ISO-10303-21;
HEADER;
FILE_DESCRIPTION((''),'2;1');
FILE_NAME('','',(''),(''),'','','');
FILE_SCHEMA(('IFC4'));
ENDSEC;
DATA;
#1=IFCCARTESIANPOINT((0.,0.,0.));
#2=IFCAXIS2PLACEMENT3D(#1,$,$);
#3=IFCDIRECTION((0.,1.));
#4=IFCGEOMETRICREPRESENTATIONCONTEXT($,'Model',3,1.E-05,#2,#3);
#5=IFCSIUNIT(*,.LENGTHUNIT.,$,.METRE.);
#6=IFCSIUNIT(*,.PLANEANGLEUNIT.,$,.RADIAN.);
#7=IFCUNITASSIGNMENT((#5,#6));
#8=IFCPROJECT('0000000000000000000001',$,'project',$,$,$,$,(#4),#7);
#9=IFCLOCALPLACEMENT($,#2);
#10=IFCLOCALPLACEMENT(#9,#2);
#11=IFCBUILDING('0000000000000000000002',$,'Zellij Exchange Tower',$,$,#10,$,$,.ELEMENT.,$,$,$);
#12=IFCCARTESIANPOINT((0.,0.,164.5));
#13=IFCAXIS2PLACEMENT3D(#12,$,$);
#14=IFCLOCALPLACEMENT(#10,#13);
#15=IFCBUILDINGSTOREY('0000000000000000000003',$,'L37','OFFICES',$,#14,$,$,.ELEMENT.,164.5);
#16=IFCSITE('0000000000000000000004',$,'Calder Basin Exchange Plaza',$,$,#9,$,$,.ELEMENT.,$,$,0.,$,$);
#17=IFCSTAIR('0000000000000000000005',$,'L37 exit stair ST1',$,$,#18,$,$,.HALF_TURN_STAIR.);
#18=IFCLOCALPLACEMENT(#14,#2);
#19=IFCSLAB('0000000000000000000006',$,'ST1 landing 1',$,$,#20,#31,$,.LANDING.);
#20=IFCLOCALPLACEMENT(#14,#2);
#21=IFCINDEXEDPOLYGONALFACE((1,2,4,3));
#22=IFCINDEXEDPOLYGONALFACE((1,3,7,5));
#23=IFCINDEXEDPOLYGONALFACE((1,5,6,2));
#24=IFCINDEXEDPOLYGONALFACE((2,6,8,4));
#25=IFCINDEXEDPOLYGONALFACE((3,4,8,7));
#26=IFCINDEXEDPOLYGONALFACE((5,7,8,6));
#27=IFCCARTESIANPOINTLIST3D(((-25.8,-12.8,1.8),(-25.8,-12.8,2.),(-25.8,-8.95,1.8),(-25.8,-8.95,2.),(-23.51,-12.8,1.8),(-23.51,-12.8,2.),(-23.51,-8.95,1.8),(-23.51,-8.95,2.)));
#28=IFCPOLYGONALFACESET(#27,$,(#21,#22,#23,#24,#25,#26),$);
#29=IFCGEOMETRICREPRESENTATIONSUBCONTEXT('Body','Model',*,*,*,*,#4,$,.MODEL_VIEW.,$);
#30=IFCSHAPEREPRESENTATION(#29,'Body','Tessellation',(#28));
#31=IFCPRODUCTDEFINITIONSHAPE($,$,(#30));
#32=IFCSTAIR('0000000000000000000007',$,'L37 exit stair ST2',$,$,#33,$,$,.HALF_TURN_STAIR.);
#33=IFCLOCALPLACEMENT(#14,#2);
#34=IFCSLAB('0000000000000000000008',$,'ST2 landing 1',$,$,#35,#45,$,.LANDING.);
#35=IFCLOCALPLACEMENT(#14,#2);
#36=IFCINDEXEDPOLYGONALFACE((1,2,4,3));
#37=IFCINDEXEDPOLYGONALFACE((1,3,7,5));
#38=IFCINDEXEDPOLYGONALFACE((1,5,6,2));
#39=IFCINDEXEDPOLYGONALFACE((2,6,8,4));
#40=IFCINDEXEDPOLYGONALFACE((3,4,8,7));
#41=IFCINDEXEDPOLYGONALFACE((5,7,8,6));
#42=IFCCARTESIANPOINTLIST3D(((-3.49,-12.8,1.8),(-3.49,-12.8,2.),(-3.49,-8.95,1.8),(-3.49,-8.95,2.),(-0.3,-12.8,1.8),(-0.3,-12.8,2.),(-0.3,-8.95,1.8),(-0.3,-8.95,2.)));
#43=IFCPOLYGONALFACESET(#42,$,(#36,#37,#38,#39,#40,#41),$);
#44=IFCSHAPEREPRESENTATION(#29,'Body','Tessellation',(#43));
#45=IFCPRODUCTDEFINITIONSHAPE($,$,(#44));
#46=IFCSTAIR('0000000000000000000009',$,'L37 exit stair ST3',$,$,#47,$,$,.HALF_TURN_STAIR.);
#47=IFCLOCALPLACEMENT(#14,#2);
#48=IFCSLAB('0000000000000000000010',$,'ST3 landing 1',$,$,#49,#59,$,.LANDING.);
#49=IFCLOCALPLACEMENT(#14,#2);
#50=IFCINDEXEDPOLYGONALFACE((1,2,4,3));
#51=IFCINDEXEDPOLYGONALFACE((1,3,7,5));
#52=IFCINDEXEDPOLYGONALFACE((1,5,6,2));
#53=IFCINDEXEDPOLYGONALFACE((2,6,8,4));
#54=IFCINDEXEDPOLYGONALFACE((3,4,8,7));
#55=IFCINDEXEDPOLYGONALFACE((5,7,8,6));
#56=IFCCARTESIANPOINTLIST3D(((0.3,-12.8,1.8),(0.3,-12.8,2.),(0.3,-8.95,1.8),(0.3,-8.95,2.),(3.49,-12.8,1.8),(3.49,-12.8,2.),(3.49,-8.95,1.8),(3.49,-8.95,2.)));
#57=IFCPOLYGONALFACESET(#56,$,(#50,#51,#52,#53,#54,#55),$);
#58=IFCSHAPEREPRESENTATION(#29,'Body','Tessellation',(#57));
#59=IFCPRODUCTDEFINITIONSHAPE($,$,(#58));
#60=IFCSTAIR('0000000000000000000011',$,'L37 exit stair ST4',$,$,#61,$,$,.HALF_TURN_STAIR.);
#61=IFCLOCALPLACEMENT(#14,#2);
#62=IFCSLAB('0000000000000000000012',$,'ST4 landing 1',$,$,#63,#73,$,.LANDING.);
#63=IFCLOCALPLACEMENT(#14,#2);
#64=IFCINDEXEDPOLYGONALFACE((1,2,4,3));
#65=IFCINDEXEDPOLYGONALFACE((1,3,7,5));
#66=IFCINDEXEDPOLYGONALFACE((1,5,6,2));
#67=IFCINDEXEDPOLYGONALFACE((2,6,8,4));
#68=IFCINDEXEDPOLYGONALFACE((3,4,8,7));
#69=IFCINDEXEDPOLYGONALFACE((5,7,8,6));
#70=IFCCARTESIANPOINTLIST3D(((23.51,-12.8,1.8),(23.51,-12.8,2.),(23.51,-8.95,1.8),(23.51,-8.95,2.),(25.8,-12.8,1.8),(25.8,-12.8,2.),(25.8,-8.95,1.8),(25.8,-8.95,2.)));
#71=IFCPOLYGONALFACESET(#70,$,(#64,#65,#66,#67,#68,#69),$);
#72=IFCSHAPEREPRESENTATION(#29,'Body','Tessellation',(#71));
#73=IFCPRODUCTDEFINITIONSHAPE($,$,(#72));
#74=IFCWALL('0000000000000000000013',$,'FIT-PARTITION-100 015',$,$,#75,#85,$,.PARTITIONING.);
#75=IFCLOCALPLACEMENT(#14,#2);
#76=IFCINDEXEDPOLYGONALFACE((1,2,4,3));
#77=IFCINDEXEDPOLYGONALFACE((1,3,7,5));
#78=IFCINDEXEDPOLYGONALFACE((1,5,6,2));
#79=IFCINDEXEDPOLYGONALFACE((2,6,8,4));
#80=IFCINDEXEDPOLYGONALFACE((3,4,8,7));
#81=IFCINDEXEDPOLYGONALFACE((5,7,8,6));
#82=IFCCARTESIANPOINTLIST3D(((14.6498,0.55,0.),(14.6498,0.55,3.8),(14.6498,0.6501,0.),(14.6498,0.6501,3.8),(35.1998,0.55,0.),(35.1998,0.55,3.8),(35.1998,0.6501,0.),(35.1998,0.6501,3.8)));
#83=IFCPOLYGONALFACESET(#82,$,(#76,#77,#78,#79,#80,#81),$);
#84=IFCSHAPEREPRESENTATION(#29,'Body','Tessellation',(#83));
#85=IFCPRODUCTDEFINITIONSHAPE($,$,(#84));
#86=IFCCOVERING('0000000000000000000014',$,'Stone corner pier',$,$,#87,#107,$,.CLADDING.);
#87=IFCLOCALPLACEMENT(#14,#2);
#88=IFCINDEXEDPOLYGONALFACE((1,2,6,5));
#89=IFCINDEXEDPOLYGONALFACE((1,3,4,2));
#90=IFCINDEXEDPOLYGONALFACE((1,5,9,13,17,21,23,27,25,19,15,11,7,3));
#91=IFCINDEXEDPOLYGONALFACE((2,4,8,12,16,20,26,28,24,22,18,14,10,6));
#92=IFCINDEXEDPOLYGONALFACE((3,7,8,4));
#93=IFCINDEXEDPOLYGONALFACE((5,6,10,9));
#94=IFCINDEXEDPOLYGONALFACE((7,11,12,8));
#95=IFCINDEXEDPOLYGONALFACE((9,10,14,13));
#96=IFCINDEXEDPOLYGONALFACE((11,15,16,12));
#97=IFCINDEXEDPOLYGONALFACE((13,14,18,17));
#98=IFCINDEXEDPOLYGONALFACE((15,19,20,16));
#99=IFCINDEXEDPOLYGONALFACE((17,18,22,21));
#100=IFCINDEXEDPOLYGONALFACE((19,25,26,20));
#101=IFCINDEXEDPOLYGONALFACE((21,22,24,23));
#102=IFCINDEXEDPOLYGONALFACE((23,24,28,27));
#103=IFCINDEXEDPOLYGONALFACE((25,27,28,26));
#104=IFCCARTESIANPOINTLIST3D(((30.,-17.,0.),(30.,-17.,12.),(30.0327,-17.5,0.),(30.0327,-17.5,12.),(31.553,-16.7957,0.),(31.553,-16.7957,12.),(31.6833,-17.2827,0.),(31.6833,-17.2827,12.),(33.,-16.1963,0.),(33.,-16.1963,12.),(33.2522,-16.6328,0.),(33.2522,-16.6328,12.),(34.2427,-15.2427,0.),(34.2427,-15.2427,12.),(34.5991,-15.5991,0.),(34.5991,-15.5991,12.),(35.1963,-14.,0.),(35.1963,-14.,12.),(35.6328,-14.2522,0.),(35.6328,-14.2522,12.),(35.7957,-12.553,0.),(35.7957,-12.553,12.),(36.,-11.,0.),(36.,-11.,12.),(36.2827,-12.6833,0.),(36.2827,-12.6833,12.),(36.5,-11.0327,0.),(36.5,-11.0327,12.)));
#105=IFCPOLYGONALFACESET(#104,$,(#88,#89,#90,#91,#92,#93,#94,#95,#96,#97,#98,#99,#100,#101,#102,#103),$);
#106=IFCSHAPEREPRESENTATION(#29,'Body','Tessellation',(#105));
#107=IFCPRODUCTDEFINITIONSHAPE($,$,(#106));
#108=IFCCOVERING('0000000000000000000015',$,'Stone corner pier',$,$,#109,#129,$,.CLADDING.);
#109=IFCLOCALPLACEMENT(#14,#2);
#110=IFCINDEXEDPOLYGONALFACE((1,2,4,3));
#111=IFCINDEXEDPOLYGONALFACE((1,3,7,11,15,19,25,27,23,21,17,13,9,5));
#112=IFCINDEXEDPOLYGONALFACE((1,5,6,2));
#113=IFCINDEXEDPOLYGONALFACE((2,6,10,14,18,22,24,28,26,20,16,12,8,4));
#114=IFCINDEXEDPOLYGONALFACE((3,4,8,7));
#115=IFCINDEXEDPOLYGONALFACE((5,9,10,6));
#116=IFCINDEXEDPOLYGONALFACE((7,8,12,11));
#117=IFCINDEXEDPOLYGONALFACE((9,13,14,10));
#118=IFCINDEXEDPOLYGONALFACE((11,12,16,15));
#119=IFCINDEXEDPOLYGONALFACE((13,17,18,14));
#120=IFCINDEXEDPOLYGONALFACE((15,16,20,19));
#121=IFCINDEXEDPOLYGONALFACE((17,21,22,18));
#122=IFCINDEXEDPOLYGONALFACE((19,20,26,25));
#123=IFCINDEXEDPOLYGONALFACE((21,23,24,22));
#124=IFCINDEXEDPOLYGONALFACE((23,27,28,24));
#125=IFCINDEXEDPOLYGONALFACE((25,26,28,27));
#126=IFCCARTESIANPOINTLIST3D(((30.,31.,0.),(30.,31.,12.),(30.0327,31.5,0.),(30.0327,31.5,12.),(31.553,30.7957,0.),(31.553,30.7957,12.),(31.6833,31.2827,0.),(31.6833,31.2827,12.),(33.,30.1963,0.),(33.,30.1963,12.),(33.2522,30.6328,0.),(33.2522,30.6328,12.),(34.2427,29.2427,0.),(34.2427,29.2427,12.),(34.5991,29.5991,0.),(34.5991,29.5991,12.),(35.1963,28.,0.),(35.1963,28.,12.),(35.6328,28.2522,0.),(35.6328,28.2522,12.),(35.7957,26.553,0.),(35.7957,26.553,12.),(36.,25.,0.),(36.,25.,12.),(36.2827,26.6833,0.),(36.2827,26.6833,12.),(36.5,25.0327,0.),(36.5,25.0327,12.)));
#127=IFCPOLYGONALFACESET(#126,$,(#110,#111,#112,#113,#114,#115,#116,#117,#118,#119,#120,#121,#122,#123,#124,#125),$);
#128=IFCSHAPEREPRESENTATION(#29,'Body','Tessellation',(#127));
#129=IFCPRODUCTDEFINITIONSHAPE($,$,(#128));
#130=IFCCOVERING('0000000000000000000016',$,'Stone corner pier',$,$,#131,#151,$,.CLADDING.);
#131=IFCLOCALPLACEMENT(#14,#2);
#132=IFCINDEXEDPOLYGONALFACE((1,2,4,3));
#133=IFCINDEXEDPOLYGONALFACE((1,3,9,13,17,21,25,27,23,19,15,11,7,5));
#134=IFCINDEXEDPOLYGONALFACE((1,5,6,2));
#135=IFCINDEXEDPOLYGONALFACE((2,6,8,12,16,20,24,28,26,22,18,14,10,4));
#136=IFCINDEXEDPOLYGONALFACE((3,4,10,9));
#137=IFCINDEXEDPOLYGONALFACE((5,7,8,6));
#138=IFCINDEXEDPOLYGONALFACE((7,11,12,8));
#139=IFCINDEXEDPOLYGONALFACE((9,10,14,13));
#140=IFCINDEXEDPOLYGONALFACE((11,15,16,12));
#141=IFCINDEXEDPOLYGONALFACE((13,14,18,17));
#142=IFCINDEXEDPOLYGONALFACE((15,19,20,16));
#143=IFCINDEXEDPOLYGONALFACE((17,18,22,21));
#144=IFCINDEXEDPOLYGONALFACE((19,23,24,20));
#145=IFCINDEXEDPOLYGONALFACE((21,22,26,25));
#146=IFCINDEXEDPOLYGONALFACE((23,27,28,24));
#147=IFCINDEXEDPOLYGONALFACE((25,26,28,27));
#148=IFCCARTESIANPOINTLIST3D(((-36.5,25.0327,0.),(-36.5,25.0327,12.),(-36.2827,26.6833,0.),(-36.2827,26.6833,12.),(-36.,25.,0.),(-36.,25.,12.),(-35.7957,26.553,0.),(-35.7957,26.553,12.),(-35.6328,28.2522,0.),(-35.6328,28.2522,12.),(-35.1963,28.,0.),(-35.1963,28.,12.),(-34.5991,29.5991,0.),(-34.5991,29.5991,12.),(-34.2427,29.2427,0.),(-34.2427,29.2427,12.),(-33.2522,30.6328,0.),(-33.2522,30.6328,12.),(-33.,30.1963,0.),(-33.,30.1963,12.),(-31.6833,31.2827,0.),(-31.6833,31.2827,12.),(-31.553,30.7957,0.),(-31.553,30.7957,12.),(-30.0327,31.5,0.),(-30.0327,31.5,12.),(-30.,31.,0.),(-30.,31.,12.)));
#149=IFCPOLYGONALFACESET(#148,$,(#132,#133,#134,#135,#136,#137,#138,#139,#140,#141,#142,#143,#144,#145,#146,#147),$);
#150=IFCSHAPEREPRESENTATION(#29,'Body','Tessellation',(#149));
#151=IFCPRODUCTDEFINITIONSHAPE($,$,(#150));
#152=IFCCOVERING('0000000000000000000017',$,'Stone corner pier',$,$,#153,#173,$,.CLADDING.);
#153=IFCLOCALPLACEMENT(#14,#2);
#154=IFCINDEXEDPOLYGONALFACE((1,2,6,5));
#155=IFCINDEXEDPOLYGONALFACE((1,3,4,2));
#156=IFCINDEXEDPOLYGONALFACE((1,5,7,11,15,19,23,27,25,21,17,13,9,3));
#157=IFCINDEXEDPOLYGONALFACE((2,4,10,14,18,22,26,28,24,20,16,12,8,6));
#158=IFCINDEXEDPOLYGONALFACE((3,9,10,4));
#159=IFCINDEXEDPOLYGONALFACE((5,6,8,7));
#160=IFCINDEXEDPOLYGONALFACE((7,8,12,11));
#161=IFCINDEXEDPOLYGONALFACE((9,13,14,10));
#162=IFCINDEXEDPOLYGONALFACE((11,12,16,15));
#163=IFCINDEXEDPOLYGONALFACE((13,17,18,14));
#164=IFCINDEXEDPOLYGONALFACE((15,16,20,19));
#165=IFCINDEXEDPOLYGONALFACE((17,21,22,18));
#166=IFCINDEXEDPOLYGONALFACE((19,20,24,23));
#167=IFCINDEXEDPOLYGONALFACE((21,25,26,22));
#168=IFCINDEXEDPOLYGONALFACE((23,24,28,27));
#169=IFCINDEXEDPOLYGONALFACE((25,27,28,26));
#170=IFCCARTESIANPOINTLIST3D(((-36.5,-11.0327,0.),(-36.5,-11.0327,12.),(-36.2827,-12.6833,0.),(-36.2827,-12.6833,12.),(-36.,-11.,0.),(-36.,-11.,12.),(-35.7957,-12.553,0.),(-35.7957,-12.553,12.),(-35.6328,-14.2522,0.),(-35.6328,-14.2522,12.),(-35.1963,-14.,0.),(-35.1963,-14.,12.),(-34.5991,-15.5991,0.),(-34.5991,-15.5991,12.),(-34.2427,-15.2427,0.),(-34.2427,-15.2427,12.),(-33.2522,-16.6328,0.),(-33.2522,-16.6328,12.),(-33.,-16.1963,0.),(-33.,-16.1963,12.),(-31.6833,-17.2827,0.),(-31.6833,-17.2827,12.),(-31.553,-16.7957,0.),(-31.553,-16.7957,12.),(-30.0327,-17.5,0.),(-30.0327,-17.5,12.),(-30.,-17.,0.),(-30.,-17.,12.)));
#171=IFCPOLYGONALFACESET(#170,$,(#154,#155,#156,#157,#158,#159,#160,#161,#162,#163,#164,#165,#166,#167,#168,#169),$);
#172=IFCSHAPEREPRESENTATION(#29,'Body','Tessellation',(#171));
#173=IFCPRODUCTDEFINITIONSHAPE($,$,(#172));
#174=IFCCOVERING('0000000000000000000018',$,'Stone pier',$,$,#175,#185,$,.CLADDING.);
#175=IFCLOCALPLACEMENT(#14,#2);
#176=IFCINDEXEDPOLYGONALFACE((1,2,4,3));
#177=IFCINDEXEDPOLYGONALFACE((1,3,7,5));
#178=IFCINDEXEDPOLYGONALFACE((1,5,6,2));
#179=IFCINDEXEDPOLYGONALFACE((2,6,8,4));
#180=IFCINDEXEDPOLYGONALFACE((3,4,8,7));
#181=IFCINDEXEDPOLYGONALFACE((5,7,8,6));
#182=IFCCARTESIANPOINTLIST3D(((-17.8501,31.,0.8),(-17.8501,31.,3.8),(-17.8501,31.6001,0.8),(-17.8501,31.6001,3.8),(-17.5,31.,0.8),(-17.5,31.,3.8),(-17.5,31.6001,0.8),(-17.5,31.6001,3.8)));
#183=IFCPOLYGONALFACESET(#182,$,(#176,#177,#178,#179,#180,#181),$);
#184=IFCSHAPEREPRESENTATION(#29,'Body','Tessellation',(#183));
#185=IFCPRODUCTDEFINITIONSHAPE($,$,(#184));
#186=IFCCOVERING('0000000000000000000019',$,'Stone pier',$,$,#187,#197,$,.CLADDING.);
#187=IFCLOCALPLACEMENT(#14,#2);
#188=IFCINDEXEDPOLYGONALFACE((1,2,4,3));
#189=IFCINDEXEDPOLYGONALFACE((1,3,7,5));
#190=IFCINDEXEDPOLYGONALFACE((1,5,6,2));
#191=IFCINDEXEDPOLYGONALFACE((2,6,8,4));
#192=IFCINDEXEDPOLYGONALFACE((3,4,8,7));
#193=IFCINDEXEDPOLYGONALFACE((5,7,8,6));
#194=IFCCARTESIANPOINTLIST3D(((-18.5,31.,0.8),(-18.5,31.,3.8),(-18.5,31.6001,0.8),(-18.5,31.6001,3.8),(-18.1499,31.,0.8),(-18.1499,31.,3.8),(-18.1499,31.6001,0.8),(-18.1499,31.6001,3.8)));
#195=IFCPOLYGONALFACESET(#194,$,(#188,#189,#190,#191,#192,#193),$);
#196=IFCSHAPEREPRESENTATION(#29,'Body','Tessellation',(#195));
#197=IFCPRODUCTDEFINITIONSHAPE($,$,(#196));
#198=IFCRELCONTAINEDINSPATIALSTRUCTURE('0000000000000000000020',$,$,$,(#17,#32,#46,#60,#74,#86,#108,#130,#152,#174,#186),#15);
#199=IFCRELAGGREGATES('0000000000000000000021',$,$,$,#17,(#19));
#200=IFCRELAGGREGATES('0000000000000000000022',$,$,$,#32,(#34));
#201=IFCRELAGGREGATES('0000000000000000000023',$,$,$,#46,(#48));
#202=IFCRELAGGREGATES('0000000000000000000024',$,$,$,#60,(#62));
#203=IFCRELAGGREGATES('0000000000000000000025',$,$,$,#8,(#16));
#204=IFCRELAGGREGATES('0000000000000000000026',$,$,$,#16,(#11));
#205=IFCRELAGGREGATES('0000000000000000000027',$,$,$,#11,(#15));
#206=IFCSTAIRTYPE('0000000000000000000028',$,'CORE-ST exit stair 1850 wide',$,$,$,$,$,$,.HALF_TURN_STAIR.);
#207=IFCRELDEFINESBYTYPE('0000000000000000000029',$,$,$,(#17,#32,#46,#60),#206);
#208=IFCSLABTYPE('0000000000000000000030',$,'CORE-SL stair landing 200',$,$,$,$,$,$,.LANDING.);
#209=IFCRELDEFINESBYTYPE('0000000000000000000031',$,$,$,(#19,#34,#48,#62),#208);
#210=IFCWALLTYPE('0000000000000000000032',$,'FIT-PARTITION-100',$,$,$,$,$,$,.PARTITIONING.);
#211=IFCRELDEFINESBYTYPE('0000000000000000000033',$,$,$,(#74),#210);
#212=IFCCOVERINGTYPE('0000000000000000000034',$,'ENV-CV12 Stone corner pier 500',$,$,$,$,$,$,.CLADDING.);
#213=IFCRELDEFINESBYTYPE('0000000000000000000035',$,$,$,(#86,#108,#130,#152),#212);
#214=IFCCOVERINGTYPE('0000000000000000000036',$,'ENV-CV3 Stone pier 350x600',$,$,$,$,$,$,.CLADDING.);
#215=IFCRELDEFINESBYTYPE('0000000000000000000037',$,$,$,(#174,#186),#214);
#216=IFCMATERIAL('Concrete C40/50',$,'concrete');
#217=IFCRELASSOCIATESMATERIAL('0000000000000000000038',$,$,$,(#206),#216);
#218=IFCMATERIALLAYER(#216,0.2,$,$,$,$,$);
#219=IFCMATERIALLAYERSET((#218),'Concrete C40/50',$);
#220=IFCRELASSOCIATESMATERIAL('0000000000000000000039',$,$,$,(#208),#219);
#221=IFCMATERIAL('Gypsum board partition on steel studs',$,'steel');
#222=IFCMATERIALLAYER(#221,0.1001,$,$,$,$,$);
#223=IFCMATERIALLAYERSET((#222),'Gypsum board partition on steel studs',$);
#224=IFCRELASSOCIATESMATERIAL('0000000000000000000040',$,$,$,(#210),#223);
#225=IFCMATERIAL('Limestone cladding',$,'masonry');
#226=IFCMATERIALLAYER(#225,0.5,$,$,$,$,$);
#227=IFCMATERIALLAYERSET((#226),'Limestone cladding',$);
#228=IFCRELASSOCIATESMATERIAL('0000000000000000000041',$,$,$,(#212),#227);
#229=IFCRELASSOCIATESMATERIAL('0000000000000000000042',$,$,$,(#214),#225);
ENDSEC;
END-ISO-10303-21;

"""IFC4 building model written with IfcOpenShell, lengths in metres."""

from ifc_helpers import new_model, si_unit, direction, frame, frame_2d, origin, place, context, subcontext, project, spatial, polyline, rectangle, outline, extrude, material, layer, layer_set, type_object, element, aggregate, save


model = new_model("IFC4")

# Units and contexts
model_context = context("Model", 3, precision=1e-05, world=origin(), true_north=direction((0.0, 1.0)))
body_context = subcontext(model_context, "Body", "Model", "MODEL_VIEW")
ifc_project = project(units=[si_unit("LENGTHUNIT", "METRE"), si_unit("PLANEANGLEUNIT", "RADIAN")], contexts=[model_context])

# Site, building, storey
site_placement = place(None, origin())
site = spatial("IfcSite", under=ifc_project, at=site_placement, Name="Calder Basin Exchange Plaza", CompositionType="ELEMENT", RefElevation=0.0)
building_placement = place(site_placement, origin())
building = spatial("IfcBuilding", under=site, at=building_placement, Name="Zellij Exchange Tower", CompositionType="ELEMENT")
storey_placement = place(building_placement, frame((0.0, 0.0, 164.5)))
storey = spatial("IfcBuildingStorey", under=building, at=storey_placement, Name="L37", Description="OFFICES", CompositionType="ELEMENT", Elevation=164.5)

# Stairs, slabs
ifc_material_1 = material(Name="Concrete C40/50", Category="concrete")
stair_type = type_object("IfcStairType", Name="CORE-ST exit stair 1850 wide", PredefinedType="HALF_TURN_STAIR", material=ifc_material_1)
stair_1_placement = place(storey_placement, origin())
stair_1 = element("IfcStair", 1, at=stair_1_placement, inside=storey, type_object=stair_type, Name="L37 exit stair ST1", PredefinedType="HALF_TURN_STAIR")
ifc_layer_1 = layer(ifc_material_1, 0.2)
ifc_layer_set_1 = layer_set([ifc_layer_1], Name="Concrete C40/50")
slab_type = type_object("IfcSlabType", Name="CORE-SL stair landing 200", PredefinedType="LANDING", material=ifc_layer_set_1)
slab_1_placement = place(storey_placement, frame((0.0, 0.0, 1.8)))
slab_1 = element("IfcSlab", 2, at=slab_1_placement, type_object=slab_type, Name="ST1 landing 1", PredefinedType="LANDING", context=body_context, shape_type="SweptSolid", body=[
    extrude(outline(polyline([(-23.51, -8.95), (-25.8, -8.95), (-25.8, -12.8), (-23.51, -12.8), (-23.51, -8.95)])), origin(), (0.0, 0.0, 1.0), 0.2),
])
aggregate(stair_1, [slab_1])
stair_2_placement = place(storey_placement, origin())
stair_2 = element("IfcStair", 3, at=stair_2_placement, inside=storey, type_object=stair_type, Name="L37 exit stair ST2", PredefinedType="HALF_TURN_STAIR")
slab_2_placement = place(storey_placement, frame((0.0, 0.0, 1.8)))
slab_2 = element("IfcSlab", 4, at=slab_2_placement, type_object=slab_type, Name="ST2 landing 1", PredefinedType="LANDING", context=body_context, shape_type="SweptSolid", body=[
    extrude(outline(polyline([(-3.49, -12.8), (-0.3, -12.8), (-0.3, -8.95), (-3.49, -8.95), (-3.49, -12.8)])), origin(), (0.0, 0.0, 1.0), 0.2),
])
aggregate(stair_2, [slab_2])
stair_3_placement = place(storey_placement, origin())
stair_3 = element("IfcStair", 5, at=stair_3_placement, inside=storey, type_object=stair_type, Name="L37 exit stair ST3", PredefinedType="HALF_TURN_STAIR")
slab_3_placement = place(storey_placement, frame((0.0, 0.0, 1.8)))
slab_3 = element("IfcSlab", 6, at=slab_3_placement, type_object=slab_type, Name="ST3 landing 1", PredefinedType="LANDING", context=body_context, shape_type="SweptSolid", body=[
    extrude(outline(polyline([(3.49, -8.95), (0.3, -8.95), (0.3, -12.8), (3.49, -12.8), (3.49, -8.95)])), origin(), (0.0, 0.0, 1.0), 0.2),
])
aggregate(stair_3, [slab_3])
stair_4_placement = place(storey_placement, origin())
stair_4 = element("IfcStair", 7, at=stair_4_placement, inside=storey, type_object=stair_type, Name="L37 exit stair ST4", PredefinedType="HALF_TURN_STAIR")
slab_4_placement = place(storey_placement, frame((0.0, 0.0, 1.8)))
slab_4 = element("IfcSlab", 8, at=slab_4_placement, type_object=slab_type, Name="ST4 landing 1", PredefinedType="LANDING", context=body_context, shape_type="SweptSolid", body=[
    extrude(outline(polyline([(23.51, -12.8), (25.8, -12.8), (25.8, -8.95), (23.51, -8.95), (23.51, -12.8)])), origin(), (0.0, 0.0, 1.0), 0.2),
])
aggregate(stair_4, [slab_4])

# Wall
ifc_material_2 = material(Name="Gypsum board partition on steel studs", Category="steel")
ifc_layer_2 = layer(ifc_material_2, 0.1001)
ifc_layer_set_2 = layer_set([ifc_layer_2], Name="Gypsum board partition on steel studs")
wall_type = type_object("IfcWallType", Name="FIT-PARTITION-100", PredefinedType="PARTITIONING", material=ifc_layer_set_2)
wall_placement = place(storey_placement, frame((14.6499, 0.6001, 0.0), z_axis=(0.0, 0.0, 1.0), x_axis=(1.0, 0.0, 0.0)))
element("IfcWall", 9, at=wall_placement, inside=storey, type_object=wall_type, Name="FIT-PARTITION-100 015", PredefinedType="PARTITIONING", context=body_context, shape_type="SweptSolid", body=[
    extrude(rectangle(XDim=20.55, YDim=0.1001, at=frame_2d((10.2749, 0.0))), origin(), (0.0, 0.0, 1.0), 3.8),
])

# Coverings
ifc_material_3 = material(Name="Limestone cladding", Category="masonry")
ifc_layer_3 = layer(ifc_material_3, 0.5)
ifc_layer_set_3 = layer_set([ifc_layer_3], Name="Limestone cladding")
covering_type_1 = type_object("IfcCoveringType", Name="ENV-CV12 Stone corner pier 500", PredefinedType="CLADDING", material=ifc_layer_set_3)
covering_1_placement = place(storey_placement, origin())
element("IfcCovering", 10, at=covering_1_placement, inside=storey, type_object=covering_type_1, Name="Stone corner pier", PredefinedType="CLADDING", context=body_context, shape_type="SweptSolid", body=[
    extrude(outline(polyline([(30.0, -17.0), (31.553, -16.7957), (33.0, -16.1963), (34.2427, -15.2427), (35.1963, -14.0), (35.7957, -12.553), (36.0, -11.0), (36.5, -11.0327), (36.2827, -12.6833), (35.6328, -14.2522), (34.5991, -15.5991), (33.2522, -16.6328), (31.6833, -17.2827), (30.0327, -17.5), (30.0, -17.0)])), origin(), (0.0, 0.0, 1.0), 12.0),
])
covering_2_placement = place(storey_placement, origin())
element("IfcCovering", 11, at=covering_2_placement, inside=storey, type_object=covering_type_1, Name="Stone corner pier", PredefinedType="CLADDING", context=body_context, shape_type="SweptSolid", body=[
    extrude(outline(polyline([(36.0, 25.0), (35.7957, 26.553), (35.1963, 28.0), (34.2427, 29.2427), (33.0, 30.1963), (31.553, 30.7957), (30.0, 31.0), (30.0327, 31.5), (31.6833, 31.2827), (33.2522, 30.6328), (34.5991, 29.5991), (35.6328, 28.2522), (36.2827, 26.6833), (36.5, 25.0327), (36.0, 25.0)])), origin(), (0.0, 0.0, 1.0), 12.0),
])
covering_3_placement = place(storey_placement, origin())
element("IfcCovering", 12, at=covering_3_placement, inside=storey, type_object=covering_type_1, Name="Stone corner pier", PredefinedType="CLADDING", context=body_context, shape_type="SweptSolid", body=[
    extrude(outline(polyline([(-30.0, 31.0), (-31.553, 30.7957), (-33.0, 30.1963), (-34.2427, 29.2427), (-35.1963, 28.0), (-35.7957, 26.553), (-36.0, 25.0), (-36.5, 25.0327), (-36.2827, 26.6833), (-35.6328, 28.2522), (-34.5991, 29.5991), (-33.2522, 30.6328), (-31.6833, 31.2827), (-30.0327, 31.5), (-30.0, 31.0)])), origin(), (0.0, 0.0, 1.0), 12.0),
])
covering_4_placement = place(storey_placement, origin())
element("IfcCovering", 13, at=covering_4_placement, inside=storey, type_object=covering_type_1, Name="Stone corner pier", PredefinedType="CLADDING", context=body_context, shape_type="SweptSolid", body=[
    extrude(outline(polyline([(-36.0, -11.0), (-35.7957, -12.553), (-35.1963, -14.0), (-34.2427, -15.2427), (-33.0, -16.1963), (-31.553, -16.7957), (-30.0, -17.0), (-30.0327, -17.5), (-31.6833, -17.2827), (-33.2522, -16.6328), (-34.5991, -15.5991), (-35.6328, -14.2522), (-36.2827, -12.6833), (-36.5, -11.0327), (-36.0, -11.0)])), origin(), (0.0, 0.0, 1.0), 12.0),
])
covering_type_2 = type_object("IfcCoveringType", Name="ENV-CV3 Stone pier 350x600", PredefinedType="CLADDING", material=ifc_material_3)
covering_5_placement = place(storey_placement, frame((0.0, 0.0, 0.8)))
element("IfcCovering", 14, at=covering_5_placement, inside=storey, type_object=covering_type_2, Name="Stone pier", PredefinedType="CLADDING", context=body_context, shape_type="SweptSolid", body=[
    extrude(outline(polyline([(-17.5, 31.0), (-17.8501, 31.0), (-17.8501, 31.6001), (-17.5, 31.6001), (-17.5, 31.0)])), origin(), (0.0, 0.0, 1.0), 3.0),
])
covering_6_placement = place(storey_placement, frame((0.0, 0.0, 0.8)))
element("IfcCovering", 15, at=covering_6_placement, inside=storey, type_object=covering_type_2, Name="Stone pier", PredefinedType="CLADDING", context=body_context, shape_type="SweptSolid", body=[
    extrude(outline(polyline([(-18.1499, 31.0), (-18.5, 31.0), (-18.5, 31.6001), (-18.1499, 31.6001), (-18.1499, 31.0)])), origin(), (0.0, 0.0, 1.0), 3.0),
])

save(model, "model.ifc")
